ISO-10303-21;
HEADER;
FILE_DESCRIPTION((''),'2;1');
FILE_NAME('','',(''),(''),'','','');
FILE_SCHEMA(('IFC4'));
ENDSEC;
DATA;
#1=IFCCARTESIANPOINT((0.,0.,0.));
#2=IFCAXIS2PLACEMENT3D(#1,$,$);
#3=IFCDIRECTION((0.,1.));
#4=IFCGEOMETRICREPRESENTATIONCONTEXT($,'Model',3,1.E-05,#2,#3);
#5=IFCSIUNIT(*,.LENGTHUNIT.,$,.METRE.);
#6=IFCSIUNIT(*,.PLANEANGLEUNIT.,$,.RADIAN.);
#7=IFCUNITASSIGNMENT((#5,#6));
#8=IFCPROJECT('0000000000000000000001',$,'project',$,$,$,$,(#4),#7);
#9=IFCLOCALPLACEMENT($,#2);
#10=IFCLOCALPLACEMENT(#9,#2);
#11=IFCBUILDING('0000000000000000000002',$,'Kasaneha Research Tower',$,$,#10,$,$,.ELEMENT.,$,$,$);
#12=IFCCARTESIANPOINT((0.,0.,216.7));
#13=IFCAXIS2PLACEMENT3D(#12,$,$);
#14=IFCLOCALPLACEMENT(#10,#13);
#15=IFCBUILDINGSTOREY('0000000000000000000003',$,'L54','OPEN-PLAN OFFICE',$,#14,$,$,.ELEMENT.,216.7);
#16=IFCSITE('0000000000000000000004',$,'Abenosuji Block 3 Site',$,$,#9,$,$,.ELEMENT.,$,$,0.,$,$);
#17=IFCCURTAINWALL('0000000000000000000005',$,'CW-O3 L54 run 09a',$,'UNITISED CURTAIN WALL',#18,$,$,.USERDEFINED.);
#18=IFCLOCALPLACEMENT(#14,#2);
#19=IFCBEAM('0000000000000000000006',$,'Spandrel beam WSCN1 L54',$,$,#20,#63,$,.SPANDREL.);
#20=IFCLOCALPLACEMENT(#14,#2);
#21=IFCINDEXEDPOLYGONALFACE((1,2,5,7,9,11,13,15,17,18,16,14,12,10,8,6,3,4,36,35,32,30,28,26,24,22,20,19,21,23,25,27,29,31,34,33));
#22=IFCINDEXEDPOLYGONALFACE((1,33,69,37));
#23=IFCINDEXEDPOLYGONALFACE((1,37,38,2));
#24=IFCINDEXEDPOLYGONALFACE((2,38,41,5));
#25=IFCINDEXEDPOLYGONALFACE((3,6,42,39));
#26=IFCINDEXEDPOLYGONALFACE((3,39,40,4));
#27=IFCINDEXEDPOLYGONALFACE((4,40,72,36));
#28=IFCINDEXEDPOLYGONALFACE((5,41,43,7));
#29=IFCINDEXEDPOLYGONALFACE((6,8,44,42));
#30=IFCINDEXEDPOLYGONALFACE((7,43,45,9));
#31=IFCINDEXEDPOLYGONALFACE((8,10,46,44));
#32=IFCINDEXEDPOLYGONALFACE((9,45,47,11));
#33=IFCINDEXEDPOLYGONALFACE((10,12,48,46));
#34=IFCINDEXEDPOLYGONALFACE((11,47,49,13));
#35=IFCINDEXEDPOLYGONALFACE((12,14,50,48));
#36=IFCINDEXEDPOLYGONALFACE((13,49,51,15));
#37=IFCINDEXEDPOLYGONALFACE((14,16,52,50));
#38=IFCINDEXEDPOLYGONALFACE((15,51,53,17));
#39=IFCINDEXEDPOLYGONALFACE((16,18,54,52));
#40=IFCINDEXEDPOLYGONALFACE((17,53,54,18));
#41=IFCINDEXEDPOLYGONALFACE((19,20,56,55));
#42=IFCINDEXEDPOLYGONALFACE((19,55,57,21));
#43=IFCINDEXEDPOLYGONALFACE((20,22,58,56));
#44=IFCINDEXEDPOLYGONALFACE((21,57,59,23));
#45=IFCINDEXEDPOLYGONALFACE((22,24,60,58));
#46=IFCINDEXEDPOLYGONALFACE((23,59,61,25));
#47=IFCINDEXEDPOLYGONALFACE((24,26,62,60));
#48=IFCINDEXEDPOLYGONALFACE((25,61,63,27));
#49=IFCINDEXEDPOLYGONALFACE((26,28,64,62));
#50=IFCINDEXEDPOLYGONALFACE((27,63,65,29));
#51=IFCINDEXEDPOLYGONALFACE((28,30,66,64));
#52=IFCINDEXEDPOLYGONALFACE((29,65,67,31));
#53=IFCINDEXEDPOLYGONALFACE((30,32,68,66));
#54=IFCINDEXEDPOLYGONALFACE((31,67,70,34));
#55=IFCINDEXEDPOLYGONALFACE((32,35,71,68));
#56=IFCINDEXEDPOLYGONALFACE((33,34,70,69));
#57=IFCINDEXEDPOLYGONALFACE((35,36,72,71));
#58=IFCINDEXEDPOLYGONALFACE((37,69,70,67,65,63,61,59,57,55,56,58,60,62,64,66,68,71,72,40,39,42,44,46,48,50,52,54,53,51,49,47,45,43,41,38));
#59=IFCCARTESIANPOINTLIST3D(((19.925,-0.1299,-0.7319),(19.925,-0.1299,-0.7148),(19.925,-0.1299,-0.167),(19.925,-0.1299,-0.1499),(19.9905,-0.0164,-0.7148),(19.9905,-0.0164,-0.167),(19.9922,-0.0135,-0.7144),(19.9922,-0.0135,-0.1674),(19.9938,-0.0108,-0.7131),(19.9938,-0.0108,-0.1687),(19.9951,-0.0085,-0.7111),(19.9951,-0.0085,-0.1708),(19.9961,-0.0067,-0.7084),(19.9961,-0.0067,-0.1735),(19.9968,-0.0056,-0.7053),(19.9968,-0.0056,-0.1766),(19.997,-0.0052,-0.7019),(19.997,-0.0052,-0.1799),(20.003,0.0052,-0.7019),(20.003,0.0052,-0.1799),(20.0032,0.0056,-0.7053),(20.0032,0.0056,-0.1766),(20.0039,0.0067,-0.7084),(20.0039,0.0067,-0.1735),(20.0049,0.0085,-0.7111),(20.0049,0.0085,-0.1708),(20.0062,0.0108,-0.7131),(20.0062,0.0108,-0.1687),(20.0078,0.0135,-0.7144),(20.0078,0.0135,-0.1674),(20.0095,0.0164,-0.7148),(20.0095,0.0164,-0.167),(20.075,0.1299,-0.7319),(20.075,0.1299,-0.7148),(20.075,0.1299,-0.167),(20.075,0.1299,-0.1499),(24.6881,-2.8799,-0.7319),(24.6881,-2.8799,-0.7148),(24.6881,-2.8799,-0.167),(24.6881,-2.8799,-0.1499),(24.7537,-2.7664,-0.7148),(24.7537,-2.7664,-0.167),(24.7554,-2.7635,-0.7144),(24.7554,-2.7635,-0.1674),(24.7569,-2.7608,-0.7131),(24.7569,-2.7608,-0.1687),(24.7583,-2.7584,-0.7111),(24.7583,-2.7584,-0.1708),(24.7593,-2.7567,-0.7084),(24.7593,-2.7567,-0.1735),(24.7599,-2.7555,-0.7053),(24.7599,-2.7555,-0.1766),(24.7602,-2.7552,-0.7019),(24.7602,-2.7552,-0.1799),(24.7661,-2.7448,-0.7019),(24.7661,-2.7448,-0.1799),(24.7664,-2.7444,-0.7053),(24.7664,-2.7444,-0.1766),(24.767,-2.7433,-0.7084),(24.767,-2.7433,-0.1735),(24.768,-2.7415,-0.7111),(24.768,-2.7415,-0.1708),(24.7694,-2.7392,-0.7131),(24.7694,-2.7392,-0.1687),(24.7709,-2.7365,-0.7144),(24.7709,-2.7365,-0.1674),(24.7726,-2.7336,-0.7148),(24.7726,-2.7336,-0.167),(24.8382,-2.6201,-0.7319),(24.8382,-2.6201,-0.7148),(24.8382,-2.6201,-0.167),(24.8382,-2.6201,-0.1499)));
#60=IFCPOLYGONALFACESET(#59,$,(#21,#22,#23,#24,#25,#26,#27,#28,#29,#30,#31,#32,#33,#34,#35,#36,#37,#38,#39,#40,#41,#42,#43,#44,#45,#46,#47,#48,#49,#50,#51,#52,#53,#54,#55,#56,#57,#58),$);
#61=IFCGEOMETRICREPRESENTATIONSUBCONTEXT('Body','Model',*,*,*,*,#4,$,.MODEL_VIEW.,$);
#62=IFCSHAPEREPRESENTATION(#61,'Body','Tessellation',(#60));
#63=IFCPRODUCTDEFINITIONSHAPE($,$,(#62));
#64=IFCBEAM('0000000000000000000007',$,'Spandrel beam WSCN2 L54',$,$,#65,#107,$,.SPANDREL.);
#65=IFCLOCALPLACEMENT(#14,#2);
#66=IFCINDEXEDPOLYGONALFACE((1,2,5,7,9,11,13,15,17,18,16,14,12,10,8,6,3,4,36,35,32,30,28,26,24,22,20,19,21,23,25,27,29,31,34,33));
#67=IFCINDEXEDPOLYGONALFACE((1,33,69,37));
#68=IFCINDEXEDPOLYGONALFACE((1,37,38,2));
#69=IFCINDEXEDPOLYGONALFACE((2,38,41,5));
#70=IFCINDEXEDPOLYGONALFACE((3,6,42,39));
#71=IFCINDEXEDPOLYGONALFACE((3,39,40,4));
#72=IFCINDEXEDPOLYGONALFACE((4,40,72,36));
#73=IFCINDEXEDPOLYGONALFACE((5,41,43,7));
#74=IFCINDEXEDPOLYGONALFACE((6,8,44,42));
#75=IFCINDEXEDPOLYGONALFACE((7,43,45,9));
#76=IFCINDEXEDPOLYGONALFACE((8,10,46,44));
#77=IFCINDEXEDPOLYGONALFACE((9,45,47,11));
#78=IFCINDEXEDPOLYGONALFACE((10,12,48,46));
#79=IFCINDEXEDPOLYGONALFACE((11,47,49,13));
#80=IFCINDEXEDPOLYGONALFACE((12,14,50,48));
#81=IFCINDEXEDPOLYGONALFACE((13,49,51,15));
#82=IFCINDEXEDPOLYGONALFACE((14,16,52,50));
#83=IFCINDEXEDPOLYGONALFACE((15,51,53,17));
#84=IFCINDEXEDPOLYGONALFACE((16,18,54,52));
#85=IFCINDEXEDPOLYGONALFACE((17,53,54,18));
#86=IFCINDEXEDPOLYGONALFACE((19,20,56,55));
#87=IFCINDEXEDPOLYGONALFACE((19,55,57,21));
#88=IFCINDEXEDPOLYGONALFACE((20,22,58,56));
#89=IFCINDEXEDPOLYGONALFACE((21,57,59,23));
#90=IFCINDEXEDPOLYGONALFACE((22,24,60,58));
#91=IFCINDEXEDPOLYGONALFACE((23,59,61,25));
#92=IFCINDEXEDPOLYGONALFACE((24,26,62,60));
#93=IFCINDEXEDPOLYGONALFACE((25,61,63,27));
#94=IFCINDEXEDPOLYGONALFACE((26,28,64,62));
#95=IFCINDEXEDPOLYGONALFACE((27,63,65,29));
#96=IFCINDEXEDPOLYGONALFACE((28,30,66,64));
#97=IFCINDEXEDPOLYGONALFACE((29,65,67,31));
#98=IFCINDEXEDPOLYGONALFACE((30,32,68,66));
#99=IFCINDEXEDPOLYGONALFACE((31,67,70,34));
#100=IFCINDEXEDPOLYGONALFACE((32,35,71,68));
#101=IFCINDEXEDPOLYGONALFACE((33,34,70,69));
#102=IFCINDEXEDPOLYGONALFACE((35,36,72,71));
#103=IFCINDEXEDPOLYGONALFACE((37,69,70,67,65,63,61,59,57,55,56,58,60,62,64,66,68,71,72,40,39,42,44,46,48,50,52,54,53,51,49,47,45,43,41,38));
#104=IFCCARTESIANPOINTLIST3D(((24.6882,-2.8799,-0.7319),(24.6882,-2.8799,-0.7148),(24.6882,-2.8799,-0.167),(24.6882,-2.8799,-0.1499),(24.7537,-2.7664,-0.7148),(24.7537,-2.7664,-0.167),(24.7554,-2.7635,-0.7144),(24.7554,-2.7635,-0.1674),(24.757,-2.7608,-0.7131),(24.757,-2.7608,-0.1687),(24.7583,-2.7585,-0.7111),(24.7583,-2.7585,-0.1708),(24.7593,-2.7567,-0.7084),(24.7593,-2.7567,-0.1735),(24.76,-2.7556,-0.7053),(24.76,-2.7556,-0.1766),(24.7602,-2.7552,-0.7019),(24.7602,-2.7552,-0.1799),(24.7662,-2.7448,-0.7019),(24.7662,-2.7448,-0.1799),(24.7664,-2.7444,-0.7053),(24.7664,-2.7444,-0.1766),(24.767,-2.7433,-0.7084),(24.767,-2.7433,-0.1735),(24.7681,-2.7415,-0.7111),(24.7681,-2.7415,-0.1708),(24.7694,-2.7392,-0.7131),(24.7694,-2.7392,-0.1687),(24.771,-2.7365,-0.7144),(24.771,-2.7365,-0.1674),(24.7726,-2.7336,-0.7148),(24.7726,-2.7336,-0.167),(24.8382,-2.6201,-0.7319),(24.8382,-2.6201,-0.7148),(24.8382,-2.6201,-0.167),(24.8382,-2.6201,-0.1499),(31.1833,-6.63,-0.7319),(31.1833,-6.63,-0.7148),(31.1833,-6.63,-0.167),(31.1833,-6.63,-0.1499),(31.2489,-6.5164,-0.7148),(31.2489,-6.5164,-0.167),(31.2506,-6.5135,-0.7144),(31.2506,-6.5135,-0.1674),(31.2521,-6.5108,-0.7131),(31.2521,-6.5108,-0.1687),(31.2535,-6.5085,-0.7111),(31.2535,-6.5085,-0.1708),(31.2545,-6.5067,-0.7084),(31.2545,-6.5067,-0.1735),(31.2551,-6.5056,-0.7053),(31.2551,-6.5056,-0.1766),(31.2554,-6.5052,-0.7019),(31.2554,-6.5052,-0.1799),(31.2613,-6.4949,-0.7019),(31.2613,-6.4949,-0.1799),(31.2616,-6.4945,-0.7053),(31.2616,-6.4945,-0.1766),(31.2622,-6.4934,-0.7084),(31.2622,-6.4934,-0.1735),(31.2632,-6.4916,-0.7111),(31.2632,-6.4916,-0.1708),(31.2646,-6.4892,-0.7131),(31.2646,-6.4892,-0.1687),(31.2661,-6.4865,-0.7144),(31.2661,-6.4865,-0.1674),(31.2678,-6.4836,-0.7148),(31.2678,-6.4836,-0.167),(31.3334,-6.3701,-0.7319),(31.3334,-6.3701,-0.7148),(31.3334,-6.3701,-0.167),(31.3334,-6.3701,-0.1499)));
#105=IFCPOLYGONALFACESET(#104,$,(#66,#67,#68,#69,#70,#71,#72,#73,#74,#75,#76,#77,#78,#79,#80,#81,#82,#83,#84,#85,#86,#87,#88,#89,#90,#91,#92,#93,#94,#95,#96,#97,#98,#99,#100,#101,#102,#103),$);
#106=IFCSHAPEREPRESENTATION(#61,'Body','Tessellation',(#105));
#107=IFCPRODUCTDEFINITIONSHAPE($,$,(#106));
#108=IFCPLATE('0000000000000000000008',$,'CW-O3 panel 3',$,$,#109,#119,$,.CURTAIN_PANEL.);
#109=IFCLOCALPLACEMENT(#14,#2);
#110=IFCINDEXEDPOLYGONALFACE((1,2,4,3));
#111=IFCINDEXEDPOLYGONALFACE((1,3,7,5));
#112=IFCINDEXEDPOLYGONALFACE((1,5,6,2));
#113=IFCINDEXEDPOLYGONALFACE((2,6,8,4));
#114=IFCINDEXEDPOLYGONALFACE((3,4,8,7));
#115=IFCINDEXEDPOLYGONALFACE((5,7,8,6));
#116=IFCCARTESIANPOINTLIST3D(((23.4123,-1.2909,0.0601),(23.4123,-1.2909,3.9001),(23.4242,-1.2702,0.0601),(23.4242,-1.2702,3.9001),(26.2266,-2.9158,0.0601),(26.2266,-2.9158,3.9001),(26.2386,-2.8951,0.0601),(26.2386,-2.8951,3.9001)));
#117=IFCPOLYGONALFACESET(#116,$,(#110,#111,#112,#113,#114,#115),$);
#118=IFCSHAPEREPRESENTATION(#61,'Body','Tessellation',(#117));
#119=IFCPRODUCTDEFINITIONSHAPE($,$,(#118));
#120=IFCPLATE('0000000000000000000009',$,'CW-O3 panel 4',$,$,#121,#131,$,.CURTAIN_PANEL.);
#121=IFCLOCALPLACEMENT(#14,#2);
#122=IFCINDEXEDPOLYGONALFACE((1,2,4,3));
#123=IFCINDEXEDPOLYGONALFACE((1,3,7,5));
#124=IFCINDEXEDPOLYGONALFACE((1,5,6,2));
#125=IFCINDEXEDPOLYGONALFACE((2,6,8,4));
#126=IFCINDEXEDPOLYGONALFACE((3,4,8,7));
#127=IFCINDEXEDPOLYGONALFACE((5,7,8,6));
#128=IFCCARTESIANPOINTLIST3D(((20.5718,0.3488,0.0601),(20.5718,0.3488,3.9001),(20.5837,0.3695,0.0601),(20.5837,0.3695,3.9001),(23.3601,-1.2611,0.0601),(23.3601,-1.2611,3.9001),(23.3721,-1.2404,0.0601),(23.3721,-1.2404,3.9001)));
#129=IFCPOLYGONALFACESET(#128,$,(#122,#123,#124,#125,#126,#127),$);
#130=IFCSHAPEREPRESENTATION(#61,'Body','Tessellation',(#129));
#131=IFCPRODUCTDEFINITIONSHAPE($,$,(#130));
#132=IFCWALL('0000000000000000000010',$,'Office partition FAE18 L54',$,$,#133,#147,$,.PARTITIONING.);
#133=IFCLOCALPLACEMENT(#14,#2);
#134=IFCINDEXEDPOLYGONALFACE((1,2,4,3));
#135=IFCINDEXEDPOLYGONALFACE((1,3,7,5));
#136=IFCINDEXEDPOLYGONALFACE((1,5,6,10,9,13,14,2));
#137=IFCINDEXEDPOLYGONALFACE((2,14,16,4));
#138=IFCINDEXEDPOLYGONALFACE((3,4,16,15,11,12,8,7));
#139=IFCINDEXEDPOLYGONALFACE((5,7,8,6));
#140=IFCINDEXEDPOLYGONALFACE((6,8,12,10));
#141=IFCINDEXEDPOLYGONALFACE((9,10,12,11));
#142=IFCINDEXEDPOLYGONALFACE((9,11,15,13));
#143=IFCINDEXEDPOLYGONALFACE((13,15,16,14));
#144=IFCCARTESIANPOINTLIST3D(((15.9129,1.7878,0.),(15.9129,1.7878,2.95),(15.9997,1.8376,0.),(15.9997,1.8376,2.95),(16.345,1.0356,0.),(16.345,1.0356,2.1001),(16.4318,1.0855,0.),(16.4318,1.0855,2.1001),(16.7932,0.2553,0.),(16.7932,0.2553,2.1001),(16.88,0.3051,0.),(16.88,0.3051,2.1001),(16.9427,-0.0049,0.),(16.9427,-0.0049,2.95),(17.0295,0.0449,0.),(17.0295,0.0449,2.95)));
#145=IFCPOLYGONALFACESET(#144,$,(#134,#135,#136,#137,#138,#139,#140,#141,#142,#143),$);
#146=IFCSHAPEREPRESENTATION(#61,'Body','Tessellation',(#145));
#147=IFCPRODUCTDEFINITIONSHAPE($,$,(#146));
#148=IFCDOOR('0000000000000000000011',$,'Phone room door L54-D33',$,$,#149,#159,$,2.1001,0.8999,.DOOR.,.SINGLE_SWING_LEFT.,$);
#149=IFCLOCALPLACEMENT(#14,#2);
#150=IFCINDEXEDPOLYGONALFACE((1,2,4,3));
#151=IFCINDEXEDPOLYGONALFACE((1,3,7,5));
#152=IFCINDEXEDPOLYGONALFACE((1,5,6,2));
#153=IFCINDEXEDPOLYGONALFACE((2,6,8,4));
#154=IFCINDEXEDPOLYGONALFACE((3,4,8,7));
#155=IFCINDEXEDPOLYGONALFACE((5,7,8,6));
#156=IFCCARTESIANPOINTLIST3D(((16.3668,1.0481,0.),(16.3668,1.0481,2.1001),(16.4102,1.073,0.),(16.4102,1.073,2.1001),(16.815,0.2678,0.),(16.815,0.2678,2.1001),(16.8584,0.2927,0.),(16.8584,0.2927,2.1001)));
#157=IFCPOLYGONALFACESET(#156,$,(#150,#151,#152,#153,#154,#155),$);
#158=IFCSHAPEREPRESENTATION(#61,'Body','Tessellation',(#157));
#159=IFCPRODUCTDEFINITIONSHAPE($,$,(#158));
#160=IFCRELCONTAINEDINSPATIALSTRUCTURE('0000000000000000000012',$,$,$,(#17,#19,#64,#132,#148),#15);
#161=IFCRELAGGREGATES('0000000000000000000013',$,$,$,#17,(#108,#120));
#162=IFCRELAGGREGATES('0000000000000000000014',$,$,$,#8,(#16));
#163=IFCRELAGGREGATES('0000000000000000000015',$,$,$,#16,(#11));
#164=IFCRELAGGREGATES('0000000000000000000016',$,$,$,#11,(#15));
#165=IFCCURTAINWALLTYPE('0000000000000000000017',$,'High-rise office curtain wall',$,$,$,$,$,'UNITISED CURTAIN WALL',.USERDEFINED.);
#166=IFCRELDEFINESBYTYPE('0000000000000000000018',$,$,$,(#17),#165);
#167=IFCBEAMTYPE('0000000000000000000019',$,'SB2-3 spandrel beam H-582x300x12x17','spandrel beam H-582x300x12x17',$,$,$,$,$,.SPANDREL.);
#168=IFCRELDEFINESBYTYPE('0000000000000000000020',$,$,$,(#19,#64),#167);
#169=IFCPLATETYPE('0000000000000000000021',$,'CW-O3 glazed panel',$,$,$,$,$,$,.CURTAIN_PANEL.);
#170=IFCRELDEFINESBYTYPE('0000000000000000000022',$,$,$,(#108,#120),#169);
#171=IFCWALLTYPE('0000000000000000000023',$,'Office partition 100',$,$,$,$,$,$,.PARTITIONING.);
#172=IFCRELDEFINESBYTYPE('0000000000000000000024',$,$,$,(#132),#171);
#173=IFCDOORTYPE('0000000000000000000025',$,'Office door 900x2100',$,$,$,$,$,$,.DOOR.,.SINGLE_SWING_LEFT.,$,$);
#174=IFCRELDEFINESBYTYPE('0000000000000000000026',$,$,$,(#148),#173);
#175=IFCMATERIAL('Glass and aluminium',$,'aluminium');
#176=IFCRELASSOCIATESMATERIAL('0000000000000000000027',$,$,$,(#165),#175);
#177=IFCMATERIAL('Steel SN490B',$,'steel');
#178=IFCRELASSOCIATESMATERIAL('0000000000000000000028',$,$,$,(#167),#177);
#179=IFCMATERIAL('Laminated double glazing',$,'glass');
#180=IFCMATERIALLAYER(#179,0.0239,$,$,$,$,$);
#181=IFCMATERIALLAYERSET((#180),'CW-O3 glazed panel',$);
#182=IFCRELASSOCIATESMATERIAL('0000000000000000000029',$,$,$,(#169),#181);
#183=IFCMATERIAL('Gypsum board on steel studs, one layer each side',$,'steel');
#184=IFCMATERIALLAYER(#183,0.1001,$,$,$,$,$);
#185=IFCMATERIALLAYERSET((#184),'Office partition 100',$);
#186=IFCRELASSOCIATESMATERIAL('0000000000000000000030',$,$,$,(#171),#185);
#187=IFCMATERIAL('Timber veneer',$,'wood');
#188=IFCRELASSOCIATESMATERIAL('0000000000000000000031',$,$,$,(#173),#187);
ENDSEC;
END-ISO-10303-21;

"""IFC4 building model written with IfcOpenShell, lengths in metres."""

from ifc_helpers import new_model, si_unit, direction, frame, frame_2d, origin, origin_2d, place, context, subcontext, project, spatial, rectangle, i_section, extrude, material, layer, layer_set, material_profile, profile_set, type_object, element, fill, aggregate, save


model = new_model("IFC4")

# Units and contexts
model_context = context("Model", 3, precision=1e-05, world=origin(), true_north=direction((0.0, 1.0)))
body_context = subcontext(model_context, "Body", "Model", "MODEL_VIEW")
ifc_project = project(units=[si_unit("LENGTHUNIT", "METRE"), si_unit("PLANEANGLEUNIT", "RADIAN")], contexts=[model_context])

# Site, building, storey
site_placement = place(None, origin())
site = spatial("IfcSite", under=ifc_project, at=site_placement, Name="Abenosuji Block 3 Site", CompositionType="ELEMENT", RefElevation=0.0)
building_placement = place(site_placement, origin())
building = spatial("IfcBuilding", under=site, at=building_placement, Name="Kasaneha Research Tower", CompositionType="ELEMENT")
storey_placement = place(building_placement, frame((0.0, 0.0, 216.7)))
storey = spatial("IfcBuildingStorey", under=building, at=storey_placement, Name="L54", Description="OPEN-PLAN OFFICE", CompositionType="ELEMENT", Elevation=216.7)

# Shared definitions
ifc_material_1 = material(Name="Glass and aluminium", Category="aluminium")
curtain_wall_type = type_object("IfcCurtainWallType", Name="High-rise office curtain wall", ElementType="UNITISED CURTAIN WALL", PredefinedType="USERDEFINED", material=ifc_material_1)

# Curtain wall
curtain_wall_1_placement = place(storey_placement, origin())
curtain_wall_1 = element("IfcCurtainWall", 1, at=curtain_wall_1_placement, inside=storey, type_object=curtain_wall_type, Name="CW-O3 L54 run 09a", ObjectType="UNITISED CURTAIN WALL", PredefinedType="USERDEFINED")

# Beams
ifc_material_2 = material(Name="Steel SN490B", Category="steel")
ifc_material_profile_1 = material_profile(ifc_material_2, i_section(OverallWidth=0.3, OverallDepth=0.582, WebThickness=0.012, FlangeThickness=0.0171, FilletRadius=0.0129, at=origin_2d()), Name="H-582x300x12x17")
ifc_profile_set_1 = profile_set([ifc_material_profile_1], Name="Steel SN490B")
beam_type_1 = type_object("IfcBeamType", Name="SB2-3 spandrel beam H-582x300x12x17", Description="spandrel beam H-582x300x12x17", PredefinedType="SPANDREL", material=ifc_profile_set_1)
beam_1_placement = place(storey_placement, frame((20.0, 0.0, -0.4409), z_axis=(0.866027, -0.499997, 0.0), x_axis=(0.499997, 0.866027, 0.0)))
element("IfcBeam", 2, at=beam_1_placement, inside=storey, type_object=beam_type_1, Name="Spandrel beam WSCN1 L54", PredefinedType="SPANDREL", context=body_context, shape_type="SweptSolid", body=[
    extrude(i_section(OverallWidth=0.3, OverallDepth=0.582, WebThickness=0.012, FlangeThickness=0.0171, FilletRadius=0.0129, at=origin_2d()), origin(), (0.0, 0.0, 1.0), 5.5),
])
beam_2_placement = place(storey_placement, frame((24.7632, -2.75, -0.4409), z_axis=(0.866023, -0.500004, 0.0), x_axis=(0.500004, 0.866023, 0.0)))
element("IfcBeam", 3, at=beam_2_placement, inside=storey, type_object=beam_type_1, Name="Spandrel beam WSCN2 L54", PredefinedType="SPANDREL", context=body_context, shape_type="SweptSolid", body=[
    extrude(i_section(OverallWidth=0.3, OverallDepth=0.582, WebThickness=0.012, FlangeThickness=0.0171, FilletRadius=0.0129, at=origin_2d()), origin(), (0.0, 0.0, 1.0), 7.5),
])

# Plates
ifc_material_3 = material(Name="Laminated double glazing", Category="glass")
ifc_layer_1 = layer(ifc_material_3, 0.0239)
ifc_layer_set_1 = layer_set([ifc_layer_1], Name="CW-O3 glazed panel")
plate_type = type_object("IfcPlateType", Name="CW-O3 glazed panel", PredefinedType="CURTAIN_PANEL", material=ifc_layer_set_1)
plate_1_placement = place(storey_placement, frame((24.8254, -2.093, 0.0601), z_axis=(0.0, 0.0, 1.0), x_axis=(-0.866025, 0.5, 0.0)))
plate_1 = element("IfcPlate", 4, at=plate_1_placement, type_object=plate_type, Name="CW-O3 panel 3", PredefinedType="CURTAIN_PANEL", context=body_context, shape_type="SweptSolid", body=[
    extrude(rectangle(XDim=3.2498, YDim=0.0239, at=origin_2d()), origin(), (0.0, 0.0, 1.0), 3.8401),
])
plate_2_placement = place(storey_placement, frame((21.9719, -0.4458, 0.0601), z_axis=(0.0, 0.0, 1.0), x_axis=(-0.866025, 0.5, 0.0)))
plate_2 = element("IfcPlate", 5, at=plate_2_placement, type_object=plate_type, Name="CW-O3 panel 4", PredefinedType="CURTAIN_PANEL", context=body_context, shape_type="SweptSolid", body=[
    extrude(rectangle(XDim=3.2197, YDim=0.0239, at=origin_2d()), origin(), (0.0, 0.0, 1.0), 3.8401),
])
aggregate(curtain_wall_1, [plate_1, plate_2])

# Wall, opening, door
ifc_material_4 = material(Name="Gypsum board on steel studs, one layer each side", Category="steel")
ifc_layer_2 = layer(ifc_material_4, 0.1001)
ifc_layer_set_2 = layer_set([ifc_layer_2], Name="Office partition 100")
wall_type_1 = type_object("IfcWallType", Name="Office partition 100", PredefinedType="PARTITIONING", material=ifc_layer_set_2)
wall_1_placement = place(storey_placement, frame((16.9861, 0.02, 0.0), z_axis=(0.0, 0.0, 1.0), x_axis=(-0.498096, 0.867122, 0.0)))
wall_1 = element("IfcWall", 6, at=wall_1_placement, inside=storey, type_object=wall_type_1, Name="Office partition FAE18 L54", PredefinedType="PARTITIONING", context=body_context, shape_type="SweptSolid", body=[
    extrude(rectangle(XDim=2.0674, YDim=0.1001, at=frame_2d((1.0337, 0.0))), origin(), (0.0, 0.0, 1.0), 2.95),
])
opening_1_placement = place(wall_1_placement, frame((0.3, 0.0, 0.0)))
opening_1 = element("IfcOpeningElement", 7, at=opening_1_placement, cuts=wall_1, PredefinedType="OPENING", context=body_context, shape_type="SweptSolid", body=[
    extrude(rectangle(XDim=0.8999, YDim=2.1001, at=frame_2d((0.45, 1.05))), frame((0.0, 0.0601, 0.0), z_axis=(0.0, -1.0, 0.0), x_axis=(1.0, 0.0, 0.0)), (0.0, 0.0, 1.0), 0.1201),
])
ifc_material_5 = material(Name="Timber veneer", Category="wood")
door_type_1 = type_object("IfcDoorType", Name="Office door 900x2100", OperationType="SINGLE_SWING_LEFT", PredefinedType="DOOR", material=ifc_material_5)
door_1_placement = place(opening_1_placement, origin())
door_1 = element("IfcDoor", 8, at=door_1_placement, inside=storey, type_object=door_type_1, Name="Phone room door L54-D33", OperationType="SINGLE_SWING_LEFT", OverallHeight=2.1001, OverallWidth=0.8999, PredefinedType="DOOR", context=body_context, shape_type="SweptSolid", body=[
    extrude(rectangle(XDim=0.8999, YDim=2.1001, at=frame_2d((0.45, 1.05))), frame((0.0, 0.0249, 0.0), z_axis=(0.0, -1.0, 0.0), x_axis=(1.0, 0.0, 0.0)), (0.0, 0.0, 1.0), 0.05),
])
fill(opening_1, door_1)

save(model, "model.ifc")
